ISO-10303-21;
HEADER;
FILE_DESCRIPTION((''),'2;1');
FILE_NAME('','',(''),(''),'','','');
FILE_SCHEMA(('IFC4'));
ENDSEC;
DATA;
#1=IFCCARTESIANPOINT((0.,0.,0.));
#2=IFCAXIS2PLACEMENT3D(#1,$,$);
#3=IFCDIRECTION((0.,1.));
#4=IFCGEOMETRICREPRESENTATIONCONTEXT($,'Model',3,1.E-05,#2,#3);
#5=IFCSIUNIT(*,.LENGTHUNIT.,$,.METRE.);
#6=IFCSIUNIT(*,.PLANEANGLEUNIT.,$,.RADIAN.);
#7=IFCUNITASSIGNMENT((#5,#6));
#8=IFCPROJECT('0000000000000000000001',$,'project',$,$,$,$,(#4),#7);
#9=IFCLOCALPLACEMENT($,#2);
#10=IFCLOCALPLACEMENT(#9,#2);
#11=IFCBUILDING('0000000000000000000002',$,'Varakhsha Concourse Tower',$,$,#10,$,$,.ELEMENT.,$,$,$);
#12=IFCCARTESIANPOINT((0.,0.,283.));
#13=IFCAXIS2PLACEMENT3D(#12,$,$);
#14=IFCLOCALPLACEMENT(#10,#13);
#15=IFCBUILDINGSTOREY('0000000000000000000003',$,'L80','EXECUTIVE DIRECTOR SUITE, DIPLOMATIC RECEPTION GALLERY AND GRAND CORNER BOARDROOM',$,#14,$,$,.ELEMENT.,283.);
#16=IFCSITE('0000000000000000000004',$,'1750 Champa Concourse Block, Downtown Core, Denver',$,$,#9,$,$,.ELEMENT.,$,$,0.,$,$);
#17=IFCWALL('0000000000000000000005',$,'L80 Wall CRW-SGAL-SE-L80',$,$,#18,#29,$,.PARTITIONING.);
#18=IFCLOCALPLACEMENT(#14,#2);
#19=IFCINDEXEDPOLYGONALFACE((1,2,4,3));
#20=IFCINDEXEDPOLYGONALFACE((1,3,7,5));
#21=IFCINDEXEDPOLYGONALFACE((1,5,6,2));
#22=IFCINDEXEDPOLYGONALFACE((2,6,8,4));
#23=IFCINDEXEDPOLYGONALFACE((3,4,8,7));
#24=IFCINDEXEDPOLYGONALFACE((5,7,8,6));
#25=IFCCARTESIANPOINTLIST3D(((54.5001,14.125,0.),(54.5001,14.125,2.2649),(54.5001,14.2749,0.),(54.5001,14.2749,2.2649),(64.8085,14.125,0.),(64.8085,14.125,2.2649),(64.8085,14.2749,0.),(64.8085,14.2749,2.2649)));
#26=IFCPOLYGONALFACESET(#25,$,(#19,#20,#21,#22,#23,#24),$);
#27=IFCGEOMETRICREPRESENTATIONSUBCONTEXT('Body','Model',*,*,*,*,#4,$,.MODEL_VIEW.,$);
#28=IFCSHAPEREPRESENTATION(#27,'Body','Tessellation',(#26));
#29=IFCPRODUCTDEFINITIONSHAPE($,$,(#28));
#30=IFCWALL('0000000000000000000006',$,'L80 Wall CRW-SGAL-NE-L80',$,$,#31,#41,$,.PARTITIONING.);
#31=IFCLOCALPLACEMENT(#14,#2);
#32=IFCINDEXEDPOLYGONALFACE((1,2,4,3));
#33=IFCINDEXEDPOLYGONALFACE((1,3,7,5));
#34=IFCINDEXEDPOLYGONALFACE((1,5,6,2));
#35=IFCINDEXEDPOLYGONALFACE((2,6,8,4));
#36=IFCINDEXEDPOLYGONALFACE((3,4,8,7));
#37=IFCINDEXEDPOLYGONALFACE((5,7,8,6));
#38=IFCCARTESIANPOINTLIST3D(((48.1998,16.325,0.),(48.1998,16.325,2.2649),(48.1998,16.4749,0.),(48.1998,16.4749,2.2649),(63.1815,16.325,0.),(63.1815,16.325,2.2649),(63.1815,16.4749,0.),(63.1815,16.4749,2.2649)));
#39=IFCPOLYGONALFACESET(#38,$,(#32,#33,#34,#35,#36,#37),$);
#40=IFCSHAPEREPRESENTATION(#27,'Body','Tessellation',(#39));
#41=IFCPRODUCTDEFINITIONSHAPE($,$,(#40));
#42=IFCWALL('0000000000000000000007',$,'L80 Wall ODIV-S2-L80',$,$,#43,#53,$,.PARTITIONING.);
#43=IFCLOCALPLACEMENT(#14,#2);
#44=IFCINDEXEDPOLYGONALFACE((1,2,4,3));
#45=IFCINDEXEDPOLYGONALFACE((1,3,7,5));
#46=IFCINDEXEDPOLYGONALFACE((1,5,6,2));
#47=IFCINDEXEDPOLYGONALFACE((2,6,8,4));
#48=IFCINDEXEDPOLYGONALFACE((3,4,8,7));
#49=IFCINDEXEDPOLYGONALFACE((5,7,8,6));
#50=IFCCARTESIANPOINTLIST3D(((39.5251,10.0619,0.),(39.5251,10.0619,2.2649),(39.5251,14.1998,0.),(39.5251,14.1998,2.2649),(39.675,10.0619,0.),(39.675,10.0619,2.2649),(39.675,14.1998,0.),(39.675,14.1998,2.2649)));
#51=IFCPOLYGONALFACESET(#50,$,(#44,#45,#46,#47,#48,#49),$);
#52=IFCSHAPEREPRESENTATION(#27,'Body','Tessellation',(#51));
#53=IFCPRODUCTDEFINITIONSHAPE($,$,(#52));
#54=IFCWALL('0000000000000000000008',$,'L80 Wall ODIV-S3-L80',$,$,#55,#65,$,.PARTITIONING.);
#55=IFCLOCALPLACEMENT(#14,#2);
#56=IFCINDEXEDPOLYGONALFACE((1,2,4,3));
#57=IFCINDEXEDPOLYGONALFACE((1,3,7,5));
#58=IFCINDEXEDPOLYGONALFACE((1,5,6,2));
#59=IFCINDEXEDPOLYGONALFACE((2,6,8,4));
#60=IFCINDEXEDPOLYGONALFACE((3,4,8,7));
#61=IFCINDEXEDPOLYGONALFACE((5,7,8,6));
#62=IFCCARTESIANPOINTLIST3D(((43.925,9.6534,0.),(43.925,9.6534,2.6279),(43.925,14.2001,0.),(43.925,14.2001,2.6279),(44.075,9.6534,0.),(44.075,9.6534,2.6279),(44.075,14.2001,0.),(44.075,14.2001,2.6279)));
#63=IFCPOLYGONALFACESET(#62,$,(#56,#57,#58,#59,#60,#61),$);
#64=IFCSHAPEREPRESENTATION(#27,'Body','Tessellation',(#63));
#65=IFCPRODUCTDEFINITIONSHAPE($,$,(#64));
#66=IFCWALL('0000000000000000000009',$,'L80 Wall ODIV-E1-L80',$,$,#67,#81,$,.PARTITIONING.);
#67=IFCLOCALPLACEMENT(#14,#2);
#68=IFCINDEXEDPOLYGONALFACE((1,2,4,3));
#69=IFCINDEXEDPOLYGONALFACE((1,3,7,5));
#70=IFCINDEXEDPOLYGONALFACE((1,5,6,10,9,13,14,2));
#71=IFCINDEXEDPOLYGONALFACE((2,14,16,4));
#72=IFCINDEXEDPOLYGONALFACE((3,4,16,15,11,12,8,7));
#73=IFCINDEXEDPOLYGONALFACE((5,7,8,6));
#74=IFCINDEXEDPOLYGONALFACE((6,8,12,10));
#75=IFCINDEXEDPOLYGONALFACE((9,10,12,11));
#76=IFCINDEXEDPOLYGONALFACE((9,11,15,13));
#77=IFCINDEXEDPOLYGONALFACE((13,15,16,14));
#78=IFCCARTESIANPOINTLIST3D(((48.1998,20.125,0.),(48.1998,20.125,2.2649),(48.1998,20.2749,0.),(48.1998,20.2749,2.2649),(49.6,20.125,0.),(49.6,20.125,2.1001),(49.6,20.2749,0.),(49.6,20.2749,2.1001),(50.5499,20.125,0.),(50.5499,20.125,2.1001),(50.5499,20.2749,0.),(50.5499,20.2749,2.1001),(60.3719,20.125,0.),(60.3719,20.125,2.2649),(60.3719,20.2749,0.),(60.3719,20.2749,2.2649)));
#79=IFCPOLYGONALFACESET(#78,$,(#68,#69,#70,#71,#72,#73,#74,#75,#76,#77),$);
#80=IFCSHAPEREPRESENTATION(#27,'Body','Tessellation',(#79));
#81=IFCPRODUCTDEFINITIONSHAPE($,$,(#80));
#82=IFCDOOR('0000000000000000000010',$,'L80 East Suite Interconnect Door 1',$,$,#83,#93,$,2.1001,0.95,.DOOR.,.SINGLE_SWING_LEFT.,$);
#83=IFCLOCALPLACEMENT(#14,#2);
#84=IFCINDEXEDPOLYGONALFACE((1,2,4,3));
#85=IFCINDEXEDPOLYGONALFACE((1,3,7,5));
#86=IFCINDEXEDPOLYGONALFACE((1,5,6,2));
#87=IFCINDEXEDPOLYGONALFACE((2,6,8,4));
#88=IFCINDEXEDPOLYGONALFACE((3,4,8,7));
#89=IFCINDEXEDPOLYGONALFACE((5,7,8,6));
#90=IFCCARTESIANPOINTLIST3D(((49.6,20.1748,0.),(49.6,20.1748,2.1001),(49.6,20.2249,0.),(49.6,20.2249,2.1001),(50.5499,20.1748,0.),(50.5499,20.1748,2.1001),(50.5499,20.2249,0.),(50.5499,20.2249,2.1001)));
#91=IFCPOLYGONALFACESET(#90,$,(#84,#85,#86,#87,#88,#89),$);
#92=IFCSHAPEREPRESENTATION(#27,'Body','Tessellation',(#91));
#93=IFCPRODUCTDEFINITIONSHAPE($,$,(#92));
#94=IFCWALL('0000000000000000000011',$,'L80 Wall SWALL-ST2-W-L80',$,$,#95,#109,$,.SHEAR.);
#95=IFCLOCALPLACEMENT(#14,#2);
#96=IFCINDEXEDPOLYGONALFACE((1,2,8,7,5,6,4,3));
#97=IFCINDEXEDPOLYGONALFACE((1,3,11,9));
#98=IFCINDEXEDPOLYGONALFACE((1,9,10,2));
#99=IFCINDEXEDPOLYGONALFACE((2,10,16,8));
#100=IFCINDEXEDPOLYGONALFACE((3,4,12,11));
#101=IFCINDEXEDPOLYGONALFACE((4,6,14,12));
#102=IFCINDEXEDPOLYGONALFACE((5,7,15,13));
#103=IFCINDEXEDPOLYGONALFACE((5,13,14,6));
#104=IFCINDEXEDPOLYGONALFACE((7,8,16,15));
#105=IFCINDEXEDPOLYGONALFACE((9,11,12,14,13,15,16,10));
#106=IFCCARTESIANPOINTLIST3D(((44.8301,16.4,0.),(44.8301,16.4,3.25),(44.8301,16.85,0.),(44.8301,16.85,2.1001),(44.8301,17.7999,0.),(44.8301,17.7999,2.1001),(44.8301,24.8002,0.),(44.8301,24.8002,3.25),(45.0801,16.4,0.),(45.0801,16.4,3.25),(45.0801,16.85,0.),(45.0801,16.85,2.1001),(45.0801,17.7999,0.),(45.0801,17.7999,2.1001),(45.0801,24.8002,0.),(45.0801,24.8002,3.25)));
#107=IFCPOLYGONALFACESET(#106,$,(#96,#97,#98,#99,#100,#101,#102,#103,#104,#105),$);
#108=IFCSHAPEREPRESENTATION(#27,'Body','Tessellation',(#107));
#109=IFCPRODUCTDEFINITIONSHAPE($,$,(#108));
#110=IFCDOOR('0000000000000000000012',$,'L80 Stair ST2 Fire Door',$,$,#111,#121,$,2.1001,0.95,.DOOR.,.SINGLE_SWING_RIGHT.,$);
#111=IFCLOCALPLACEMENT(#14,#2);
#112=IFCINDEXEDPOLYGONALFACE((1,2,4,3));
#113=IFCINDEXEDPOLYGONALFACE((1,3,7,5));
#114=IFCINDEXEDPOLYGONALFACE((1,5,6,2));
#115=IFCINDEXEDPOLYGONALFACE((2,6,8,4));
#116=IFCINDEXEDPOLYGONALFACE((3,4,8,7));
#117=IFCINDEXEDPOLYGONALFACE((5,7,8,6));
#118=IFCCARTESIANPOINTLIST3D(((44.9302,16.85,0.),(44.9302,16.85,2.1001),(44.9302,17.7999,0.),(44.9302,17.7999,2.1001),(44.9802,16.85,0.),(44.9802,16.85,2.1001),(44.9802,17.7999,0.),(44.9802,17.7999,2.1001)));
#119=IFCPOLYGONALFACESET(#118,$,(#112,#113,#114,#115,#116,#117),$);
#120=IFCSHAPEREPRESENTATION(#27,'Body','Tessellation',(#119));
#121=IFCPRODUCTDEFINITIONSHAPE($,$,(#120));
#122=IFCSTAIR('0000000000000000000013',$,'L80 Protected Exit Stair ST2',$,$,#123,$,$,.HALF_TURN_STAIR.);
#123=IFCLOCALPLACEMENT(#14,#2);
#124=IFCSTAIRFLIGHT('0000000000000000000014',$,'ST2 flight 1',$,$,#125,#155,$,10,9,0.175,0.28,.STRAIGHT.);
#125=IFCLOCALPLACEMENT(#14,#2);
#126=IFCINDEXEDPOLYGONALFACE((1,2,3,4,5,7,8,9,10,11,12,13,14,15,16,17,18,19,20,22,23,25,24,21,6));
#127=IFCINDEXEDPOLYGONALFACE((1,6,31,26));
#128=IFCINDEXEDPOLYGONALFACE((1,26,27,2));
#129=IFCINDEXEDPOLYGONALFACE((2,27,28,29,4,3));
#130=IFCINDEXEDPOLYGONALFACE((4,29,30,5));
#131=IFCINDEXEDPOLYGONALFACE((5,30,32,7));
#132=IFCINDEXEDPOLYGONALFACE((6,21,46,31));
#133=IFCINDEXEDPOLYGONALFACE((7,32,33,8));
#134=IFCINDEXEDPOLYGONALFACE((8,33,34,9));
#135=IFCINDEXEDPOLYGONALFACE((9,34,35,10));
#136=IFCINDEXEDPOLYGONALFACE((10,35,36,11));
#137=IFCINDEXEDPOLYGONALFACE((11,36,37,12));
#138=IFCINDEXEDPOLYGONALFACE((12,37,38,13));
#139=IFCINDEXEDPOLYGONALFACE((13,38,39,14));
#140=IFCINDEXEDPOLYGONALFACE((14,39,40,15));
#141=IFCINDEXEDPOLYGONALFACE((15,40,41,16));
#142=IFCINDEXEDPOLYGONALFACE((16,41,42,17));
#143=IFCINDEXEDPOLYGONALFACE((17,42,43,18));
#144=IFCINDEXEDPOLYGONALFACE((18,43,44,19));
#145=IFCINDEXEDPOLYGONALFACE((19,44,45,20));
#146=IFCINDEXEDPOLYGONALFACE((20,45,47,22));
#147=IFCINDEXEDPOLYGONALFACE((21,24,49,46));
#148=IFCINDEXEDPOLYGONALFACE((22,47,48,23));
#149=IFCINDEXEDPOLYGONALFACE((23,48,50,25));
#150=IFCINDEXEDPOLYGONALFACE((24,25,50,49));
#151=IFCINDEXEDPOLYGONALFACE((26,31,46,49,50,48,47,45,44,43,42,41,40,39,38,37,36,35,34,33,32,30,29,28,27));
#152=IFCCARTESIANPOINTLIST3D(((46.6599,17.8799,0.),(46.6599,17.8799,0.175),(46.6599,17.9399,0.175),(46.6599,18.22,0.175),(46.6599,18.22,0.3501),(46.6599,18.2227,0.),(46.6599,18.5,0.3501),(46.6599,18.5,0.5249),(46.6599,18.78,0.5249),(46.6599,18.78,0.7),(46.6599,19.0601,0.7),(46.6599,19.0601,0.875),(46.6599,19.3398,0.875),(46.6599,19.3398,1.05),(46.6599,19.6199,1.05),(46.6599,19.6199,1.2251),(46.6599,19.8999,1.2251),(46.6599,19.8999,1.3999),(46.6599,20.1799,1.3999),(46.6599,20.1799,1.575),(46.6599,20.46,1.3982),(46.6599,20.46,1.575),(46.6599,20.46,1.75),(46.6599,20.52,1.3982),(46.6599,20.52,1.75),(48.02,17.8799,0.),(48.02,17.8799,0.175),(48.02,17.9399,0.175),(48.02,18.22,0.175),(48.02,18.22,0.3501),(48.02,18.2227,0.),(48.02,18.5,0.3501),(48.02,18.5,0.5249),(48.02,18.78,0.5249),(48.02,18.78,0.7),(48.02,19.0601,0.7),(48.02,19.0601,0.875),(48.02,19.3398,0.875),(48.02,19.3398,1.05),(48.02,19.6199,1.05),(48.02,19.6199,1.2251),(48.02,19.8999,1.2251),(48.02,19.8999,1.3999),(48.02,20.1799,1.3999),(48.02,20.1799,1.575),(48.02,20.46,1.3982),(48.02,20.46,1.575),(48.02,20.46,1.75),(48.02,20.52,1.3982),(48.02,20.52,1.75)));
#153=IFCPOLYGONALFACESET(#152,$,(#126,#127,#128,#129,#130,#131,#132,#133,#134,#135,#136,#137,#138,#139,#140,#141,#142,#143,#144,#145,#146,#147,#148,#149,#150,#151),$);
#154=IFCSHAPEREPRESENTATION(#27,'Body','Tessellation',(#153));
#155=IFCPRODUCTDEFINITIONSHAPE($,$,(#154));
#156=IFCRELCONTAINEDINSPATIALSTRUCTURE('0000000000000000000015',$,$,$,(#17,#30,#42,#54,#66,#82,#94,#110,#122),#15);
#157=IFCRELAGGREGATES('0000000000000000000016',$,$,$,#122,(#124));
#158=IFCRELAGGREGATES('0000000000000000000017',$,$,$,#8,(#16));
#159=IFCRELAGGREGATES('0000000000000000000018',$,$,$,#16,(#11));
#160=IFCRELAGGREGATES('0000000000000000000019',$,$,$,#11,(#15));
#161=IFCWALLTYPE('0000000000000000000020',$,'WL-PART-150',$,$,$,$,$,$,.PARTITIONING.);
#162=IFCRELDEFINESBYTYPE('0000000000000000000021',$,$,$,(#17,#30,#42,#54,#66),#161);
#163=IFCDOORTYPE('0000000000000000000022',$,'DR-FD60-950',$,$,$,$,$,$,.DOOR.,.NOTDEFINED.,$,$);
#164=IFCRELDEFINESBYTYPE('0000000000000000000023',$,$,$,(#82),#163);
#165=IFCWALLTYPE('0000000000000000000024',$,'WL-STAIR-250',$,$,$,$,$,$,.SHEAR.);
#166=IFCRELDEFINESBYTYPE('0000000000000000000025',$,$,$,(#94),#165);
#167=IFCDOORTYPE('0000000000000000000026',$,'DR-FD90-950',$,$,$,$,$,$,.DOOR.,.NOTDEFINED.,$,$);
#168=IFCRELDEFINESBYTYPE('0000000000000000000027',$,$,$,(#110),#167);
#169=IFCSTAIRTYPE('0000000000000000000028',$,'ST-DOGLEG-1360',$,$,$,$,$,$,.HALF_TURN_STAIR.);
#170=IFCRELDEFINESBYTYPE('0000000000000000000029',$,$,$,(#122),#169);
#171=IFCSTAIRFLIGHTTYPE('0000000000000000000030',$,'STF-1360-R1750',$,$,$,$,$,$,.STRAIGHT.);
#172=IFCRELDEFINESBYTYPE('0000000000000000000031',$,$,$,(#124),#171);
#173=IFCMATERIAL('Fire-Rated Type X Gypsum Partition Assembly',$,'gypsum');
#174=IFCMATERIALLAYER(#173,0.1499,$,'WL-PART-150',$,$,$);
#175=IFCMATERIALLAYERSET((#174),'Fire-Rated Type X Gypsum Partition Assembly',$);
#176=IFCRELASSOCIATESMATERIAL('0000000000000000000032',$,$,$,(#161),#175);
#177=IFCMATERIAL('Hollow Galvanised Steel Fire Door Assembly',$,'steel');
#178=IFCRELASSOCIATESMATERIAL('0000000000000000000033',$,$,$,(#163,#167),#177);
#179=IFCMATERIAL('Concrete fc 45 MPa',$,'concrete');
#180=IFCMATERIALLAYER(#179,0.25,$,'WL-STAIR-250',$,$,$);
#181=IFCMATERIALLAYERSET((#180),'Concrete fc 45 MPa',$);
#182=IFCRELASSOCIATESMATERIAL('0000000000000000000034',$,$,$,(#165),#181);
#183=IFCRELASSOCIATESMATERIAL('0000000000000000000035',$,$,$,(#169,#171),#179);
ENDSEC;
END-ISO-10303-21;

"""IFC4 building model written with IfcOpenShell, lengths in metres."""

from ifc_helpers import new_model, si_unit, direction, frame, frame_2d, origin, place, context, subcontext, project, spatial, polyline, rectangle, outline, extrude, material, layer, layer_set, type_object, element, fill, aggregate, save


model = new_model("IFC4")

# Units and contexts
model_context = context("Model", 3, precision=1e-05, world=origin(), true_north=direction((0.0, 1.0)))
body_context = subcontext(model_context, "Body", "Model", "MODEL_VIEW")
ifc_project = project(units=[si_unit("LENGTHUNIT", "METRE"), si_unit("PLANEANGLEUNIT", "RADIAN")], contexts=[model_context])

# Site, building, storey
site_placement = place(None, origin())
site = spatial("IfcSite", under=ifc_project, at=site_placement, Name="1750 Champa Concourse Block, Downtown Core, Denver", CompositionType="ELEMENT", RefElevation=0.0)
building_placement = place(site_placement, origin())
building = spatial("IfcBuilding", under=site, at=building_placement, Name="Varakhsha Concourse Tower", CompositionType="ELEMENT")
storey_placement = place(building_placement, frame((0.0, 0.0, 283.0)))
storey = spatial("IfcBuildingStorey", under=building, at=storey_placement, Name="L80", Description="EXECUTIVE DIRECTOR SUITE, DIPLOMATIC RECEPTION GALLERY AND GRAND CORNER BOARDROOM", CompositionType="ELEMENT", Elevation=283.0)

# Walls
ifc_material_1 = material(Name="Fire-Rated Type X Gypsum Partition Assembly", Category="gypsum")
ifc_layer_1 = layer(ifc_material_1, 0.1499, Name="WL-PART-150")
ifc_layer_set_1 = layer_set([ifc_layer_1], Name="Fire-Rated Type X Gypsum Partition Assembly")
wall_type_1 = type_object("IfcWallType", Name="WL-PART-150", PredefinedType="PARTITIONING", material=ifc_layer_set_1)
wall_1_placement = place(storey_placement, frame((54.5, 14.2, 0.0), z_axis=(0.0, 0.0, 1.0), x_axis=(1.0, 0.0, 0.0)))
element("IfcWall", 1, at=wall_1_placement, inside=storey, type_object=wall_type_1, Name="L80 Wall CRW-SGAL-SE-L80", PredefinedType="PARTITIONING", context=body_context, shape_type="SweptSolid", body=[
    extrude(rectangle(XDim=10.3083, YDim=0.1499, at=frame_2d((5.1543, 0.0))), origin(), (0.0, 0.0, 1.0), 2.2649),
])
wall_2_placement = place(storey_placement, frame((48.2, 16.3999, 0.0), z_axis=(0.0, 0.0, 1.0), x_axis=(1.0, 0.0, 0.0)))
element("IfcWall", 2, at=wall_2_placement, inside=storey, type_object=wall_type_1, Name="L80 Wall CRW-SGAL-NE-L80", PredefinedType="PARTITIONING", context=body_context, shape_type="SweptSolid", body=[
    extrude(rectangle(XDim=14.9817, YDim=0.1499, at=frame_2d((7.4907, 0.0))), origin(), (0.0, 0.0, 1.0), 2.2649),
])
wall_3_placement = place(storey_placement, frame((39.6001, 10.062, 0.0), z_axis=(0.0, 0.0, 1.0), x_axis=(0.0, 1.0, 0.0)))
element("IfcWall", 3, at=wall_3_placement, inside=storey, type_object=wall_type_1, Name="L80 Wall ODIV-S2-L80", PredefinedType="PARTITIONING", context=body_context, shape_type="SweptSolid", body=[
    extrude(rectangle(XDim=4.1379, YDim=0.1499, at=frame_2d((2.0688, 0.0))), origin(), (0.0, 0.0, 1.0), 2.2649),
])
wall_4_placement = place(storey_placement, frame((44.0, 9.6533, 0.0), z_axis=(0.0, 0.0, 1.0), x_axis=(0.0, 1.0, 0.0)))
element("IfcWall", 4, at=wall_4_placement, inside=storey, type_object=wall_type_1, Name="L80 Wall ODIV-S3-L80", PredefinedType="PARTITIONING", context=body_context, shape_type="SweptSolid", body=[
    extrude(rectangle(XDim=4.5466, YDim=0.1499, at=frame_2d((2.2734, 0.0))), origin(), (0.0, 0.0, 1.0), 2.6279),
])

# Walls, openings, doors
wall_5_placement = place(storey_placement, frame((48.2, 20.2, 0.0), z_axis=(0.0, 0.0, 1.0), x_axis=(1.0, 0.0, 0.0)))
wall_5 = element("IfcWall", 5, at=wall_5_placement, inside=storey, type_object=wall_type_1, Name="L80 Wall ODIV-E1-L80", PredefinedType="PARTITIONING", context=body_context, shape_type="SweptSolid", body=[
    extrude(rectangle(XDim=12.1721, YDim=0.1499, at=frame_2d((6.0859, 0.0))), origin(), (0.0, 0.0, 1.0), 2.2649),
])
opening_1_placement = place(wall_5_placement, frame((1.3999, 0.0, 0.0)))
opening_1 = element("IfcOpeningElement", 6, at=opening_1_placement, cuts=wall_5, PredefinedType="OPENING", context=body_context, shape_type="SweptSolid", body=[
    extrude(rectangle(XDim=0.95, YDim=2.1001, at=frame_2d((0.4751, 1.05))), frame((0.0, 0.085, 0.0), z_axis=(0.0, -1.0, 0.0), x_axis=(1.0, 0.0, 0.0)), (0.0, 0.0, 1.0), 0.1699),
])
ifc_material_2 = material(Name="Hollow Galvanised Steel Fire Door Assembly", Category="steel")
door_type_1 = type_object("IfcDoorType", Name="DR-FD60-950", OperationType="NOTDEFINED", PredefinedType="DOOR", material=ifc_material_2)
door_1_placement = place(opening_1_placement, origin())
door_1 = element("IfcDoor", 7, at=door_1_placement, inside=storey, type_object=door_type_1, Name="L80 East Suite Interconnect Door 1", OperationType="SINGLE_SWING_LEFT", OverallHeight=2.1001, OverallWidth=0.95, PredefinedType="DOOR", context=body_context, shape_type="SweptSolid", body=[
    extrude(rectangle(XDim=0.95, YDim=2.1001, at=frame_2d((0.4751, 1.05))), frame((0.0, 0.0249, 0.0), z_axis=(0.0, -1.0, 0.0), x_axis=(1.0, 0.0, 0.0)), (0.0, 0.0, 1.0), 0.05),
])
fill(opening_1, door_1)
ifc_material_3 = material(Name="Concrete fc 45 MPa", Category="concrete")
ifc_layer_2 = layer(ifc_material_3, 0.25, Name="WL-STAIR-250")
ifc_layer_set_2 = layer_set([ifc_layer_2], Name="Concrete fc 45 MPa")
wall_type_2 = type_object("IfcWallType", Name="WL-STAIR-250", PredefinedType="SHEAR", material=ifc_layer_set_2)
wall_6_placement = place(storey_placement, frame((44.9551, 16.3999, 0.0), z_axis=(0.0, 0.0, 1.0), x_axis=(0.0, 1.0, 0.0)))
wall_6 = element("IfcWall", 8, at=wall_6_placement, inside=storey, type_object=wall_type_2, Name="L80 Wall SWALL-ST2-W-L80", PredefinedType="SHEAR", context=body_context, shape_type="SweptSolid", body=[
    extrude(rectangle(XDim=8.4001, YDim=0.25, at=frame_2d((4.2002, 0.0))), origin(), (0.0, 0.0, 1.0), 3.25),
])
opening_2_placement = place(wall_6_placement, frame((0.45, 0.0, 0.0)))
opening_2 = element("IfcOpeningElement", 9, at=opening_2_placement, cuts=wall_6, PredefinedType="OPENING", context=body_context, shape_type="SweptSolid", body=[
    extrude(rectangle(XDim=0.95, YDim=2.1001, at=frame_2d((0.4751, 1.05))), frame((0.0, 0.135, 0.0), z_axis=(0.0, -1.0, 0.0), x_axis=(1.0, 0.0, 0.0)), (0.0, 0.0, 1.0), 0.27),
])
door_type_2 = type_object("IfcDoorType", Name="DR-FD90-950", OperationType="NOTDEFINED", PredefinedType="DOOR", material=ifc_material_2)
door_2_placement = place(opening_2_placement, origin())
door_2 = element("IfcDoor", 10, at=door_2_placement, inside=storey, type_object=door_type_2, Name="L80 Stair ST2 Fire Door", OperationType="SINGLE_SWING_RIGHT", OverallHeight=2.1001, OverallWidth=0.95, PredefinedType="DOOR", context=body_context, shape_type="SweptSolid", body=[
    extrude(rectangle(XDim=0.95, YDim=2.1001, at=frame_2d((0.4751, 1.05))), frame((0.0, 0.0249, 0.0), z_axis=(0.0, -1.0, 0.0), x_axis=(1.0, 0.0, 0.0)), (0.0, 0.0, 1.0), 0.05),
])
fill(opening_2, door_2)

# Stair, stair flight
stair_type = type_object("IfcStairType", Name="ST-DOGLEG-1360", PredefinedType="HALF_TURN_STAIR", material=ifc_material_3)
stair_placement = place(storey_placement, origin())
stair = element("IfcStair", 11, at=stair_placement, inside=storey, type_object=stair_type, Name="L80 Protected Exit Stair ST2", PredefinedType="HALF_TURN_STAIR")
stair_flight_type = type_object("IfcStairFlightType", Name="STF-1360-R1750", PredefinedType="STRAIGHT", material=ifc_material_3)
stair_flight_1_placement = place(storey_placement, frame((47.3401, 17.9399, 0.0), z_axis=(0.0, 0.0, 1.0), x_axis=(0.0, 1.0, 0.0)))
stair_flight_1 = element("IfcStairFlight", 12, at=stair_flight_1_placement, type_object=stair_flight_type, Name="ST2 flight 1", NumberOfRisers=10, NumberOfTreads=9, PredefinedType="STRAIGHT", RiserHeight=0.175, TreadLength=0.28, context=body_context, shape_type="SweptSolid", body=[
    extrude(outline(polyline([(-0.0601, 0.0), (-0.0601, 0.175), (0.0, 0.175), (0.28, 0.175), (0.28, 0.3501), (0.5601, 0.3501), (0.5601, 0.5249), (0.8401, 0.5249), (0.8401, 0.7), (1.1201, 0.7), (1.1201, 0.875), (1.3999, 0.875), (1.3999, 1.05), (1.6799, 1.05), (1.6799, 1.2251), (1.96, 1.2251), (1.96, 1.3999), (2.24, 1.3999), (2.24, 1.575), (2.52, 1.575), (2.52, 1.75), (2.5801, 1.75), (2.5801, 1.3982), (2.52, 1.3982), (0.2827, 0.0), (-0.0601, 0.0)])), frame((0.0, 0.6802, 0.0), z_axis=(0.0, -1.0, 0.0), x_axis=(1.0, 0.0, 0.0)), (0.0, 0.0, 1.0), 1.3601),
])
aggregate(stair, [stair_flight_1])

save(model, "model.ifc")
